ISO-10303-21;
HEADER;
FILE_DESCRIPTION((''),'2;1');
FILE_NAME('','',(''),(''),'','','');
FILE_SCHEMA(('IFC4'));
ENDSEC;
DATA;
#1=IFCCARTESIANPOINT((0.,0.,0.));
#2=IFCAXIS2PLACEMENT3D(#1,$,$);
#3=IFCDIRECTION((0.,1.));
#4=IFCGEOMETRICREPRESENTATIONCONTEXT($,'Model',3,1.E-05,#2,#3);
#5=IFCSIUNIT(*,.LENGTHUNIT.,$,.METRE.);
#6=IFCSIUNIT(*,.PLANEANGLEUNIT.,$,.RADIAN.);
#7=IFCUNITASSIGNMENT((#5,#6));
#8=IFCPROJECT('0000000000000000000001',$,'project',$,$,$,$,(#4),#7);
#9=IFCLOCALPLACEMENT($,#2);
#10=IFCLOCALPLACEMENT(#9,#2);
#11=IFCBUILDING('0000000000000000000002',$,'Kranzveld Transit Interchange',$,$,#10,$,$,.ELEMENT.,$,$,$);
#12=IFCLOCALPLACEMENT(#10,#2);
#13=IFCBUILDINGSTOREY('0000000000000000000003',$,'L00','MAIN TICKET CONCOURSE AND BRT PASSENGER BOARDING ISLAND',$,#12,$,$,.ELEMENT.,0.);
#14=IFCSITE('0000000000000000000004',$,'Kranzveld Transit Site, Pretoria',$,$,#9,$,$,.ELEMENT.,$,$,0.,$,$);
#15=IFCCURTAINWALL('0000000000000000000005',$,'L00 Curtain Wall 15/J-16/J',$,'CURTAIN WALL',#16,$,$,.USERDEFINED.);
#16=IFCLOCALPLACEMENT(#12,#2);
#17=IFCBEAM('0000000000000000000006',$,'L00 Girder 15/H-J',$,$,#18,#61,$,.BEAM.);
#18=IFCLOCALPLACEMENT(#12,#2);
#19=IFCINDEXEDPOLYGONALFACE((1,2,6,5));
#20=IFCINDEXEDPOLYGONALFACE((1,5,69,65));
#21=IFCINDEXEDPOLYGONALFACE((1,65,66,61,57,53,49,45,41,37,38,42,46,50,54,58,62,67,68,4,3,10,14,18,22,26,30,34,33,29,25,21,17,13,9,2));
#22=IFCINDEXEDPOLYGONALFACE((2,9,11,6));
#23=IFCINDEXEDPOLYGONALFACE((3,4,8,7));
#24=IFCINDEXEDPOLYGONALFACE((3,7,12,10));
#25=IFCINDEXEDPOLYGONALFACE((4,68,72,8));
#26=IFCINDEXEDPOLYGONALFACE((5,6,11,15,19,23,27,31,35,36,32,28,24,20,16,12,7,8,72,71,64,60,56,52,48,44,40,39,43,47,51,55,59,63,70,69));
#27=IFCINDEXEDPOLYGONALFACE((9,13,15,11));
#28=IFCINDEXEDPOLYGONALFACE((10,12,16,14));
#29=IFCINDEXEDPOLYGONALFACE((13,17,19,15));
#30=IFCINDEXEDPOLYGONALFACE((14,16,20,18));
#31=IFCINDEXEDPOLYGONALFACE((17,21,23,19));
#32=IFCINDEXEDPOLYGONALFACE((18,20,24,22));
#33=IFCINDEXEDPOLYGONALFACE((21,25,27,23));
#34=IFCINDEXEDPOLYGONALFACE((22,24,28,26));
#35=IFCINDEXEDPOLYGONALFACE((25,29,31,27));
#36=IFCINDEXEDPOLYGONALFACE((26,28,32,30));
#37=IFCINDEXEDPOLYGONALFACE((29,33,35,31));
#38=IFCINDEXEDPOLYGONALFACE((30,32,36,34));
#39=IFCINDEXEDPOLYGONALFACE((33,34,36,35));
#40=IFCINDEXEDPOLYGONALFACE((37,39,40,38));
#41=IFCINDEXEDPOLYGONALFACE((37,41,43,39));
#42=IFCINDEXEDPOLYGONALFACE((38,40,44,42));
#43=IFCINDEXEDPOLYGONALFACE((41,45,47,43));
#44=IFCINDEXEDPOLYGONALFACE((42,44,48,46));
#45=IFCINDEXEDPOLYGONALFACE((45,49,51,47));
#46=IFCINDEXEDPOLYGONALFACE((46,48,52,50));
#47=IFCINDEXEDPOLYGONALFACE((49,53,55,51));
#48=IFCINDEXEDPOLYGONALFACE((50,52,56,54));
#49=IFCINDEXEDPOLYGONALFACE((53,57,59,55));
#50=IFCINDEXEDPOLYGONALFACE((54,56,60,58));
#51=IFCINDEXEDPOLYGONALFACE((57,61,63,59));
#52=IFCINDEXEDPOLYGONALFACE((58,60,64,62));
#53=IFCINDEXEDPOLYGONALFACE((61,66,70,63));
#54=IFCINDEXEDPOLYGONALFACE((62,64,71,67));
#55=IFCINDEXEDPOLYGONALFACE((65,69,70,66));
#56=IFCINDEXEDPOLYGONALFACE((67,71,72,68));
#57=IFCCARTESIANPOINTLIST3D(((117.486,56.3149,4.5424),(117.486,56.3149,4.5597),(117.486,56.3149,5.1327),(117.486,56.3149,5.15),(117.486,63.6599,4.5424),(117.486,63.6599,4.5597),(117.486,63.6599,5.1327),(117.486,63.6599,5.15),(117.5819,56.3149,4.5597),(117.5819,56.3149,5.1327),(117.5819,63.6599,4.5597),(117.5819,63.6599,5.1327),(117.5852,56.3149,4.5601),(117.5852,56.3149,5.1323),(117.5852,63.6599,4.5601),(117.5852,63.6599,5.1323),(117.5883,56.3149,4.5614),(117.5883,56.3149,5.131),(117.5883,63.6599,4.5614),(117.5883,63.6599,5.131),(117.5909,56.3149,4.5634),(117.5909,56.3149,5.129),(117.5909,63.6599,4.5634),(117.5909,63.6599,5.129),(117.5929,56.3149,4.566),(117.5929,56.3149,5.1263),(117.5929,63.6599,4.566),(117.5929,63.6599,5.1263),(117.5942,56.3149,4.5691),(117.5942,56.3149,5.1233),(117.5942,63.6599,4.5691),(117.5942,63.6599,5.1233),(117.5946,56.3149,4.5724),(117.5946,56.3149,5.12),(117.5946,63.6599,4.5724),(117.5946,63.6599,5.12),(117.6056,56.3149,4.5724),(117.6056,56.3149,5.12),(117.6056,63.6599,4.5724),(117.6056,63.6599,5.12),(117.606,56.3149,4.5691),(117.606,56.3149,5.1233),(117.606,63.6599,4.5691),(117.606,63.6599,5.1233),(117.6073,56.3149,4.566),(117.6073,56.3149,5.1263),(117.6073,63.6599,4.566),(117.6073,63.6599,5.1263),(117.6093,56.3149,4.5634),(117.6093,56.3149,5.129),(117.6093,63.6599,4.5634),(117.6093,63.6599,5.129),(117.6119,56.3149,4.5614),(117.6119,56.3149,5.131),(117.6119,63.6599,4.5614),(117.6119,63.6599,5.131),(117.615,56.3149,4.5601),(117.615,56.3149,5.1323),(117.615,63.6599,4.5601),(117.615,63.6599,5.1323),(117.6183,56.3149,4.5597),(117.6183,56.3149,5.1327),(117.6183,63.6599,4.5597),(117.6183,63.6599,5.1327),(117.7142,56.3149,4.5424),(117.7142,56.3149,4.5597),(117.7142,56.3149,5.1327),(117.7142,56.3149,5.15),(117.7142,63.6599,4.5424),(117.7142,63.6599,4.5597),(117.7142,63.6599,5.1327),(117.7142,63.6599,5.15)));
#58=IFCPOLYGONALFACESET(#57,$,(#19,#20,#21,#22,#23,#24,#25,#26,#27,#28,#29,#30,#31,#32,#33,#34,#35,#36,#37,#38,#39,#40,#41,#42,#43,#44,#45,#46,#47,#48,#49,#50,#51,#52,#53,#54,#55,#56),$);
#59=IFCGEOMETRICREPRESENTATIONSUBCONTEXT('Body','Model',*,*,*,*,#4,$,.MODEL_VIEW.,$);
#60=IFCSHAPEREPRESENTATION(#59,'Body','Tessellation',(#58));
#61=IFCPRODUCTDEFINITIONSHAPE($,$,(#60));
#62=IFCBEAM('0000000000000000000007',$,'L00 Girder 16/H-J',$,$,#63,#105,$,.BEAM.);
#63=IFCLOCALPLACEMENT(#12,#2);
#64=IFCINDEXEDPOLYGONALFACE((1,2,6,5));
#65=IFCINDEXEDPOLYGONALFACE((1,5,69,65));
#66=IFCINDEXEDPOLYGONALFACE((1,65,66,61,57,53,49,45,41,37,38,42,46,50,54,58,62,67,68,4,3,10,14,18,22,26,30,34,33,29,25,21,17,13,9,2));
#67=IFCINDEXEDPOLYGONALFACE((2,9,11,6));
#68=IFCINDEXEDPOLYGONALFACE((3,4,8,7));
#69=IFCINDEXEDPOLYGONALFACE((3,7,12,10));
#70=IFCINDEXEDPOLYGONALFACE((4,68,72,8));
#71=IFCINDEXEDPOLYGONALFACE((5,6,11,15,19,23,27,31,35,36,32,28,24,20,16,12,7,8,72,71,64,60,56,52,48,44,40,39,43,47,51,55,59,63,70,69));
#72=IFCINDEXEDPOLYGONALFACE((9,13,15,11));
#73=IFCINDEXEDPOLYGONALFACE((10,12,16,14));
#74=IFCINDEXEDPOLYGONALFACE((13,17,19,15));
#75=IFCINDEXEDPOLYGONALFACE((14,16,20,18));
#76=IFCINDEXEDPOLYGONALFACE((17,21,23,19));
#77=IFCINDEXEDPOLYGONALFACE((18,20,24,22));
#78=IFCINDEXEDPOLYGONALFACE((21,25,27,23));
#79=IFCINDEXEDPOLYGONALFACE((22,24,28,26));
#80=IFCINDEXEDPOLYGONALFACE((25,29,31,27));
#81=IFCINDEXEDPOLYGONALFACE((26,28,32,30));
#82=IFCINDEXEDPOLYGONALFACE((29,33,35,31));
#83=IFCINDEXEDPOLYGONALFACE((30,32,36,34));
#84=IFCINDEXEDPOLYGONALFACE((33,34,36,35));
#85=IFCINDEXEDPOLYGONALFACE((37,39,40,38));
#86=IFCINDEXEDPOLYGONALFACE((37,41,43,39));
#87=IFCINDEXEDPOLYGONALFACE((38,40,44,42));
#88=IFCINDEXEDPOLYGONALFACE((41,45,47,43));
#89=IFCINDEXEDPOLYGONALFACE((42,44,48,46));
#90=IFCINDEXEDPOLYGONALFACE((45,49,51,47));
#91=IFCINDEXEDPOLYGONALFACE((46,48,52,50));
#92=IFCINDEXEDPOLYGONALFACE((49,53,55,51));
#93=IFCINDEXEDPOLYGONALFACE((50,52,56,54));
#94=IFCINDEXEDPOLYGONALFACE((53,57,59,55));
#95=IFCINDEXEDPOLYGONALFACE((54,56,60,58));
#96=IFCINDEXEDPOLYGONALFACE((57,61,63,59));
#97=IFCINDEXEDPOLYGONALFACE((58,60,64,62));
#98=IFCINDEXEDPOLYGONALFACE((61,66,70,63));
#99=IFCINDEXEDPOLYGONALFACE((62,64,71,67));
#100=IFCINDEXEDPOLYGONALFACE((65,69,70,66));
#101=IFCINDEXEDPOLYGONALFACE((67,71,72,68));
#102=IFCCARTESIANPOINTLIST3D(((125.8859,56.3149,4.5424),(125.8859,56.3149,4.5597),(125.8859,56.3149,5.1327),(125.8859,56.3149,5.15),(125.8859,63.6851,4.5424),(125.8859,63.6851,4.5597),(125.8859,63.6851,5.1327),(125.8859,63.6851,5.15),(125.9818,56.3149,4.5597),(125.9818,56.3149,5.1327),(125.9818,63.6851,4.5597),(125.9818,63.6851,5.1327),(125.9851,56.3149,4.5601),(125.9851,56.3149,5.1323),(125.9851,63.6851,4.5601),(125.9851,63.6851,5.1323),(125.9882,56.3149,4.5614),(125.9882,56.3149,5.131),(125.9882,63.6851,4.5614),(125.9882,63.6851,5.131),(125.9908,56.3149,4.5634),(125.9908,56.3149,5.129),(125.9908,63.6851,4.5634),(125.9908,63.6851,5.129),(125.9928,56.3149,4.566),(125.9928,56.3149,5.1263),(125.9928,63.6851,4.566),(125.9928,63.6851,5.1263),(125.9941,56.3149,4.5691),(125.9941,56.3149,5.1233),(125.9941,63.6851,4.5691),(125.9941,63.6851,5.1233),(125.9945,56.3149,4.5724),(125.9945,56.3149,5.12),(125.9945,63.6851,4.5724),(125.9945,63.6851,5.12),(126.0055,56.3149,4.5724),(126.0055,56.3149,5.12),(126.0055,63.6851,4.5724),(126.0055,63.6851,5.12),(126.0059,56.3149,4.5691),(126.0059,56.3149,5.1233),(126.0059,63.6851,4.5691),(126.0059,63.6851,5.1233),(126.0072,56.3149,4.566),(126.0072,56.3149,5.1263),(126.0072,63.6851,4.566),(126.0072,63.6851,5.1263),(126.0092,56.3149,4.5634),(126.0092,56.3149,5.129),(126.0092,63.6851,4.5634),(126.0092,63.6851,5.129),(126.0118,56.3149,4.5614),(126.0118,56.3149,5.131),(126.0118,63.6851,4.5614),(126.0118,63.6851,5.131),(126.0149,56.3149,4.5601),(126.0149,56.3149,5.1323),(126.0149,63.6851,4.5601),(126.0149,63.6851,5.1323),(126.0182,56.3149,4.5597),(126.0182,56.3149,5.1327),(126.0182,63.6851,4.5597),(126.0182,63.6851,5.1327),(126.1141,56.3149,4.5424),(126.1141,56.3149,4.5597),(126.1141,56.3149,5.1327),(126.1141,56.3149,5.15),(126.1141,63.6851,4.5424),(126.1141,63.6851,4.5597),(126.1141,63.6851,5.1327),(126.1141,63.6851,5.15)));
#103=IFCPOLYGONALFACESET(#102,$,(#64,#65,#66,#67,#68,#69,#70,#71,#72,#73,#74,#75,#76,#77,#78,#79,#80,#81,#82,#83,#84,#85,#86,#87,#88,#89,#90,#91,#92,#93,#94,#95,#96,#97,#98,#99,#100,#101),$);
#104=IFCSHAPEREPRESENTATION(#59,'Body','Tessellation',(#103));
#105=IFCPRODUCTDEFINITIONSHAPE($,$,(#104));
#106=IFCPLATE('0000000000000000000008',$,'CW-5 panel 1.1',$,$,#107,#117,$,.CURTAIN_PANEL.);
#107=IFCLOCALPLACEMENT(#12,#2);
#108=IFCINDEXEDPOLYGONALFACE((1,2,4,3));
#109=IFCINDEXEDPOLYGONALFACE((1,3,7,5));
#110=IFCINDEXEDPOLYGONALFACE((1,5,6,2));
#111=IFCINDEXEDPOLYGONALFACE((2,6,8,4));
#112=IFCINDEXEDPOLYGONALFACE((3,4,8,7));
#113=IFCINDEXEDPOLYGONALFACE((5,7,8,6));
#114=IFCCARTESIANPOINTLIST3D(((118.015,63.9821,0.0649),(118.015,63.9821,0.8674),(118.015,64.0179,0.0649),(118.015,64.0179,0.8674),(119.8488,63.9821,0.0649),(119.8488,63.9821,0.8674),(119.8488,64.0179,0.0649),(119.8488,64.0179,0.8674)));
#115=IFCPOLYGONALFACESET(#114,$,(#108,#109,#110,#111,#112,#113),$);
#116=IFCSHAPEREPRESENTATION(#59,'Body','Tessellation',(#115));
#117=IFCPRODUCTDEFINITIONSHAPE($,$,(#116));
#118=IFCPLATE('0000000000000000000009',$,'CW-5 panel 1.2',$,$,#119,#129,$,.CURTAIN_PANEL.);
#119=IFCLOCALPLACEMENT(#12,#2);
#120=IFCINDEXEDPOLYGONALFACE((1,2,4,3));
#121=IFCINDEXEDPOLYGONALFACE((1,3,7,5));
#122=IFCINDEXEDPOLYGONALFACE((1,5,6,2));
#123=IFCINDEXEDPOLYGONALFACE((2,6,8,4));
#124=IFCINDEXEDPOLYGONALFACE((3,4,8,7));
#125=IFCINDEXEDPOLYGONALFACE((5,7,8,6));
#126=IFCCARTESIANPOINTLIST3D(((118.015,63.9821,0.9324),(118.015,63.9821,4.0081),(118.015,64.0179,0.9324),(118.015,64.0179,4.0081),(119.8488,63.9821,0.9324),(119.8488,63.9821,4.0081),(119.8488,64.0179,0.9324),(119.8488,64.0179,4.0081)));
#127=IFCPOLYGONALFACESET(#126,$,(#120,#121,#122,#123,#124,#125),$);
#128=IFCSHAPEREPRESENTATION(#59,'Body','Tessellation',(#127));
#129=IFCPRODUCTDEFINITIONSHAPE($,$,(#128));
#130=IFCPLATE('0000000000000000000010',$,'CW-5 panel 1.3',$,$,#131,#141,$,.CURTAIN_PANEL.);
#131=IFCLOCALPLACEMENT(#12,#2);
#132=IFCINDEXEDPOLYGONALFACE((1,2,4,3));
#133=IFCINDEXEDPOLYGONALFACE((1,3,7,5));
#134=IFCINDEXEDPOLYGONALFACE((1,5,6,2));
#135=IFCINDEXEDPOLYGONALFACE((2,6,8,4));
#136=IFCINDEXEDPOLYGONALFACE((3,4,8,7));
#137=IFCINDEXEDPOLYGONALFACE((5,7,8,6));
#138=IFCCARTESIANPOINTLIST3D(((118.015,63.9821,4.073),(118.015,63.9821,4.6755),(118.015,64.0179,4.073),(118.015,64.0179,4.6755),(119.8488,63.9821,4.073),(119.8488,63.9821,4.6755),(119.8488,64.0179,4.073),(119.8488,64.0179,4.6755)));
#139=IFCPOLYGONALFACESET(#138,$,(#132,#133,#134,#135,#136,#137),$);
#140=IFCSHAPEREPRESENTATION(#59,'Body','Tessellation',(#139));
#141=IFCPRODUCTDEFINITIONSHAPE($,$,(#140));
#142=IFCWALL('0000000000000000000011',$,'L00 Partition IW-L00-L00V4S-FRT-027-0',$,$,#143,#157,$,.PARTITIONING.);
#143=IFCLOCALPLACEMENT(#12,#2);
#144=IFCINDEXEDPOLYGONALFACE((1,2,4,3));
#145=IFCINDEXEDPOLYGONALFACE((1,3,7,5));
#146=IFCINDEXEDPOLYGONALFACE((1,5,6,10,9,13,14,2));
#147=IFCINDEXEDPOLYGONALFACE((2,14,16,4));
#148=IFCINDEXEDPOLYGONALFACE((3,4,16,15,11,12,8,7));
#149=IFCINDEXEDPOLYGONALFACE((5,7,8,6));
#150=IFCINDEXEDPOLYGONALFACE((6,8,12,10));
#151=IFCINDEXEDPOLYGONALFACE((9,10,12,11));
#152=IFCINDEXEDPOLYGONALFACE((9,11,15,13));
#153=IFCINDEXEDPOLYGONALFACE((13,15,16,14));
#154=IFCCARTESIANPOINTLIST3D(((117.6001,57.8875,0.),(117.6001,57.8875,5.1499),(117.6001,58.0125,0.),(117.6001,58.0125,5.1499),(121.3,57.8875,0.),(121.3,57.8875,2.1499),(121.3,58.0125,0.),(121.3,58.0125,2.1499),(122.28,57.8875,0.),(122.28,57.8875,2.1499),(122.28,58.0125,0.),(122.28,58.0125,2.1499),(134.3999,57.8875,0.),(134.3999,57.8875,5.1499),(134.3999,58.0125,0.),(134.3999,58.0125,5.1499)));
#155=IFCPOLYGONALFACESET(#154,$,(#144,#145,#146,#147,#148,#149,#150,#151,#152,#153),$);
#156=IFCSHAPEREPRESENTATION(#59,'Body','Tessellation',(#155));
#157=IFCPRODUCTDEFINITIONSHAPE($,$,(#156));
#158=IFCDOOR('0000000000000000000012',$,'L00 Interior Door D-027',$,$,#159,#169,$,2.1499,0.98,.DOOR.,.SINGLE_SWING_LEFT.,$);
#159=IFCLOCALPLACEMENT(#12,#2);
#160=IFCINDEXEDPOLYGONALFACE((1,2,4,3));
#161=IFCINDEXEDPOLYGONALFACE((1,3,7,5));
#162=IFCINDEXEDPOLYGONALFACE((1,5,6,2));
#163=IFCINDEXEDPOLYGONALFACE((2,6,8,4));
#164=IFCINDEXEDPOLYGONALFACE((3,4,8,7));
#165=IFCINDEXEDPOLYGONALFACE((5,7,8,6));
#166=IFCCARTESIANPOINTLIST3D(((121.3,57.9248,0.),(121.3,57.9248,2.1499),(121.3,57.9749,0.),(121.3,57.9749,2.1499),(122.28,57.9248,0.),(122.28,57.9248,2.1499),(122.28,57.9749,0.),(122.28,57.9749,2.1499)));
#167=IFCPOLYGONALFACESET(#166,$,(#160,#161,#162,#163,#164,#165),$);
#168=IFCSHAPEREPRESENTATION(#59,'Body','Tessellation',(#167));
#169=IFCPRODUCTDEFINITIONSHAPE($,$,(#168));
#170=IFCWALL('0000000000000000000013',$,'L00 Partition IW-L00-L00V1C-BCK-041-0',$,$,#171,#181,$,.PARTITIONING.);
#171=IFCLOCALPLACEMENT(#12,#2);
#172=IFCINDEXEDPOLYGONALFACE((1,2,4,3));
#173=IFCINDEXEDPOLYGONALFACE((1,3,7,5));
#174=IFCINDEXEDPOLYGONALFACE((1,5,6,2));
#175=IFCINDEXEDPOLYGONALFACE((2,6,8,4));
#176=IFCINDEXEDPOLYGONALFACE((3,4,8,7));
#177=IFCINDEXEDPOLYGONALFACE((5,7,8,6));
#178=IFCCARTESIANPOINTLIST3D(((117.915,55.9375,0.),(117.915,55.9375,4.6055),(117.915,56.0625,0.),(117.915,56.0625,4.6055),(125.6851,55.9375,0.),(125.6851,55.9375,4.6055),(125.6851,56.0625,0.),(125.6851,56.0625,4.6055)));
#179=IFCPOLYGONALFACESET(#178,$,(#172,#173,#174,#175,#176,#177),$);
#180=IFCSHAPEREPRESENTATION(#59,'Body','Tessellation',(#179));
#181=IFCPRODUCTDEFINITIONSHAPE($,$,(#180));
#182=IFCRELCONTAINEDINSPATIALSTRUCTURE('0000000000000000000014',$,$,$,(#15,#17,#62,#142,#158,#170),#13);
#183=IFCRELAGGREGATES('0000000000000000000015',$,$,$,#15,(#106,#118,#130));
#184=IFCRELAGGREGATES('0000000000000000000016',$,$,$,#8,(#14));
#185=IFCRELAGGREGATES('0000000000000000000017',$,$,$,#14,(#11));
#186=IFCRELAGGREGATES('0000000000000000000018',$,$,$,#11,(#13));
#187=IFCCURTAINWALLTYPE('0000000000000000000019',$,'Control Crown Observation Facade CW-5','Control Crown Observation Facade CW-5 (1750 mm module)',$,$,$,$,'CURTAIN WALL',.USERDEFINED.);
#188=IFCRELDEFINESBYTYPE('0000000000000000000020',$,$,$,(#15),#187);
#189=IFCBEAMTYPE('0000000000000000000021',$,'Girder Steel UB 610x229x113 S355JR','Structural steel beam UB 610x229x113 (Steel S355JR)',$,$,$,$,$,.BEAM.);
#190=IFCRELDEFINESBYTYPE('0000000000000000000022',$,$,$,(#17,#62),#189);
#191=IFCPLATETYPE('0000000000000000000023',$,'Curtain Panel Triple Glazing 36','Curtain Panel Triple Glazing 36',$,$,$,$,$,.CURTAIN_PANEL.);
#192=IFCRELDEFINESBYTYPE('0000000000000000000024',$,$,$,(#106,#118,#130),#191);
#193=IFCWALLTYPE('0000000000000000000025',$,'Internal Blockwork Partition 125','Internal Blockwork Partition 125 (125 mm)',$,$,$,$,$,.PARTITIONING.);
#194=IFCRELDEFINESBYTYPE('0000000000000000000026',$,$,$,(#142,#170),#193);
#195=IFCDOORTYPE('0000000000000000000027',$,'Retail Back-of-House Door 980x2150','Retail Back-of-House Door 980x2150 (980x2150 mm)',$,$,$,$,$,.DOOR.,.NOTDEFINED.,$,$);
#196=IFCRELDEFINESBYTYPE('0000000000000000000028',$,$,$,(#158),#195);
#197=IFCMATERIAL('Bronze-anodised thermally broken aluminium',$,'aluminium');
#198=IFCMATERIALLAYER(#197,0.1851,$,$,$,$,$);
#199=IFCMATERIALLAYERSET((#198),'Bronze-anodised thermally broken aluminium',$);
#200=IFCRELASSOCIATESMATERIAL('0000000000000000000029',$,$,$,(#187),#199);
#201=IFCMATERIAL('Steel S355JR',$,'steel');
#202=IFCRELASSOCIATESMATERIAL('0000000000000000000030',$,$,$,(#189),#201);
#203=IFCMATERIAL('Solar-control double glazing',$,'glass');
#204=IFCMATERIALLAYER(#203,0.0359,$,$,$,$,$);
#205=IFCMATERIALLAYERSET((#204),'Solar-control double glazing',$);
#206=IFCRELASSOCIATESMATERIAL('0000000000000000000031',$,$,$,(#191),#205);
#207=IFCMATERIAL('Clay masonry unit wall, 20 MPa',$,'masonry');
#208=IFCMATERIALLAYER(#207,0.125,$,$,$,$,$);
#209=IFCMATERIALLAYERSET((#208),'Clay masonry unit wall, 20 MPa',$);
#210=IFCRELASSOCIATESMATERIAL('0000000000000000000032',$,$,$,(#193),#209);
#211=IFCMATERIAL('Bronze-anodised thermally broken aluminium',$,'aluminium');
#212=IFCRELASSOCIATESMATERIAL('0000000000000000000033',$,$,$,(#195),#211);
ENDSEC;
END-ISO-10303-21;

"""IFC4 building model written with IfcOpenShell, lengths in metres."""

from ifc_helpers import new_model, si_unit, direction, frame, frame_2d, origin, origin_2d, place, context, subcontext, project, spatial, rectangle, i_section, extrude, material, layer, layer_set, material_profile, profile_set, type_object, element, fill, aggregate, save


model = new_model("IFC4")

# Units and contexts
model_context = context("Model", 3, precision=1e-05, world=origin(), true_north=direction((0.0, 1.0)))
body_context = subcontext(model_context, "Body", "Model", "MODEL_VIEW")
ifc_project = project(units=[si_unit("LENGTHUNIT", "METRE"), si_unit("PLANEANGLEUNIT", "RADIAN")], contexts=[model_context])

# Site, building, storey
site_placement = place(None, origin())
site = spatial("IfcSite", under=ifc_project, at=site_placement, Name="Kranzveld Transit Site, Pretoria", CompositionType="ELEMENT", RefElevation=0.0)
building_placement = place(site_placement, origin())
building = spatial("IfcBuilding", under=site, at=building_placement, Name="Kranzveld Transit Interchange", CompositionType="ELEMENT")
storey_placement = place(building_placement, origin())
storey = spatial("IfcBuildingStorey", under=building, at=storey_placement, Name="L00", Description="MAIN TICKET CONCOURSE AND BRT PASSENGER BOARDING ISLAND", CompositionType="ELEMENT", Elevation=0.0)

# Curtain wall
ifc_material_1 = material(Name="Bronze-anodised thermally broken aluminium", Category="aluminium")
ifc_layer_1 = layer(ifc_material_1, 0.1851)
ifc_layer_set_1 = layer_set([ifc_layer_1], Name="Bronze-anodised thermally broken aluminium")
curtain_wall_type = type_object("IfcCurtainWallType", Name="Control Crown Observation Facade CW-5", Description="Control Crown Observation Facade CW-5 (1750 mm module)", ElementType="CURTAIN WALL", PredefinedType="USERDEFINED", material=ifc_layer_set_1)
curtain_wall_placement = place(storey_placement, origin())
curtain_wall = element("IfcCurtainWall", 1, at=curtain_wall_placement, inside=storey, type_object=curtain_wall_type, Name="L00 Curtain Wall 15/J-16/J", ObjectType="CURTAIN WALL", PredefinedType="USERDEFINED")

# Beams
ifc_material_2 = material(Name="Steel S355JR", Category="steel")
ifc_material_profile_1 = material_profile(ifc_material_2, i_section(OverallWidth=0.2283, OverallDepth=0.6077, WebThickness=0.011, FlangeThickness=0.0173, FilletRadius=0.0127, at=origin_2d()), Name="UB 610x229x113")
ifc_profile_set_1 = profile_set([ifc_material_profile_1], Name="Steel S355JR")
beam_type_1 = type_object("IfcBeamType", Name="Girder Steel UB 610x229x113 S355JR", Description="Structural steel beam UB 610x229x113 (Steel S355JR)", PredefinedType="BEAM", material=ifc_profile_set_1)
beam_1_placement = place(storey_placement, frame((117.6001, 56.3149, 4.8462), z_axis=(0.0, 1.0, 0.0), x_axis=(-1.0, 0.0, 0.0)))
element("IfcBeam", 2, at=beam_1_placement, inside=storey, type_object=beam_type_1, Name="L00 Girder 15/H-J", PredefinedType="BEAM", context=body_context, shape_type="SweptSolid", body=[
    extrude(i_section(OverallWidth=0.2283, OverallDepth=0.6077, WebThickness=0.011, FlangeThickness=0.0173, FilletRadius=0.0127, at=origin_2d()), origin(), (0.0, 0.0, 1.0), 7.345),
])
beam_2_placement = place(storey_placement, frame((126.0, 56.3149, 4.8462), z_axis=(0.0, 1.0, 0.0), x_axis=(-1.0, 0.0, 0.0)))
element("IfcBeam", 3, at=beam_2_placement, inside=storey, type_object=beam_type_1, Name="L00 Girder 16/H-J", PredefinedType="BEAM", context=body_context, shape_type="SweptSolid", body=[
    extrude(i_section(OverallWidth=0.2283, OverallDepth=0.6077, WebThickness=0.011, FlangeThickness=0.0173, FilletRadius=0.0127, at=origin_2d()), origin(), (0.0, 0.0, 1.0), 7.3701),
])

# Plates
ifc_material_3 = material(Name="Solar-control double glazing", Category="glass")
ifc_layer_2 = layer(ifc_material_3, 0.0359)
ifc_layer_set_2 = layer_set([ifc_layer_2], Name="Solar-control double glazing")
plate_type = type_object("IfcPlateType", Name="Curtain Panel Triple Glazing 36", Description="Curtain Panel Triple Glazing 36", PredefinedType="CURTAIN_PANEL", material=ifc_layer_set_2)
plate_1_placement = place(storey_placement, frame((118.9319, 64.0, 0.0649), z_axis=(0.0, 0.0, 1.0), x_axis=(1.0, 0.0, 0.0)))
plate_1 = element("IfcPlate", 4, at=plate_1_placement, type_object=plate_type, Name="CW-5 panel 1.1", PredefinedType="CURTAIN_PANEL", context=body_context, shape_type="SweptSolid", body=[
    extrude(rectangle(XDim=1.8337, YDim=0.0359, at=origin_2d()), origin(), (0.0, 0.0, 1.0), 0.8025),
])
plate_2_placement = place(storey_placement, frame((118.9319, 64.0, 0.9324), z_axis=(0.0, 0.0, 1.0), x_axis=(1.0, 0.0, 0.0)))
plate_2 = element("IfcPlate", 5, at=plate_2_placement, type_object=plate_type, Name="CW-5 panel 1.2", PredefinedType="CURTAIN_PANEL", context=body_context, shape_type="SweptSolid", body=[
    extrude(rectangle(XDim=1.8337, YDim=0.0359, at=origin_2d()), origin(), (0.0, 0.0, 1.0), 3.0757),
])
plate_3_placement = place(storey_placement, frame((118.9319, 64.0, 4.073), z_axis=(0.0, 0.0, 1.0), x_axis=(1.0, 0.0, 0.0)))
plate_3 = element("IfcPlate", 6, at=plate_3_placement, type_object=plate_type, Name="CW-5 panel 1.3", PredefinedType="CURTAIN_PANEL", context=body_context, shape_type="SweptSolid", body=[
    extrude(rectangle(XDim=1.8337, YDim=0.0359, at=origin_2d()), origin(), (0.0, 0.0, 1.0), 0.6025),
])
aggregate(curtain_wall, [plate_1, plate_2, plate_3])

# Wall, opening, door
ifc_material_4 = material(Name="Clay masonry unit wall, 20 MPa", Category="masonry")
ifc_layer_3 = layer(ifc_material_4, 0.125)
ifc_layer_set_3 = layer_set([ifc_layer_3], Name="Clay masonry unit wall, 20 MPa")
wall_type_1 = type_object("IfcWallType", Name="Internal Blockwork Partition 125", Description="Internal Blockwork Partition 125 (125 mm)", PredefinedType="PARTITIONING", material=ifc_layer_set_3)
wall_1_placement = place(storey_placement, frame((117.6001, 57.95, 0.0), z_axis=(0.0, 0.0, 1.0), x_axis=(1.0, 0.0, 0.0)))
wall_1 = element("IfcWall", 7, at=wall_1_placement, inside=storey, type_object=wall_type_1, Name="L00 Partition IW-L00-L00V4S-FRT-027-0", PredefinedType="PARTITIONING", context=body_context, shape_type="SweptSolid", body=[
    extrude(rectangle(XDim=16.7998, YDim=0.125, at=frame_2d((8.3999, 0.0))), origin(), (0.0, 0.0, 1.0), 5.1499),
])
opening_1_placement = place(wall_1_placement, frame((3.7, 0.0, 0.0), z_axis=(0.0, 0.0, 1.0), x_axis=(1.0, 0.0, 0.0)))
opening_1 = element("IfcOpeningElement", 8, at=opening_1_placement, cuts=wall_1, PredefinedType="OPENING", context=body_context, shape_type="SweptSolid", body=[
    extrude(rectangle(XDim=0.98, YDim=2.1499, at=frame_2d((0.49, 1.075))), frame((0.0, 0.0725, 0.0), z_axis=(0.0, -1.0, 0.0), x_axis=(1.0, 0.0, 0.0)), (0.0, 0.0, 1.0), 0.145),
])
ifc_material_5 = material(Name="Bronze-anodised thermally broken aluminium", Category="aluminium")
door_type_1 = type_object("IfcDoorType", Name="Retail Back-of-House Door 980x2150", Description="Retail Back-of-House Door 980x2150 (980x2150 mm)", OperationType="NOTDEFINED", PredefinedType="DOOR", material=ifc_material_5)
door_1_placement = place(opening_1_placement, origin())
door_1 = element("IfcDoor", 9, at=door_1_placement, inside=storey, type_object=door_type_1, Name="L00 Interior Door D-027", OperationType="SINGLE_SWING_LEFT", OverallHeight=2.1499, OverallWidth=0.98, PredefinedType="DOOR", context=body_context, shape_type="SweptSolid", body=[
    extrude(rectangle(XDim=0.98, YDim=2.1499, at=frame_2d((0.49, 1.075))), frame((0.0, 0.0249, 0.0), z_axis=(0.0, -1.0, 0.0), x_axis=(1.0, 0.0, 0.0)), (0.0, 0.0, 1.0), 0.05),
])
fill(opening_1, door_1)

# Wall
wall_2_placement = place(storey_placement, frame((117.915, 56.0, 0.0), z_axis=(0.0, 0.0, 1.0), x_axis=(1.0, 0.0, 0.0)))
element("IfcWall", 10, at=wall_2_placement, inside=storey, type_object=wall_type_1, Name="L00 Partition IW-L00-L00V1C-BCK-041-0", PredefinedType="PARTITIONING", context=body_context, shape_type="SweptSolid", body=[
    extrude(rectangle(XDim=7.77, YDim=0.125, at=frame_2d((3.885, 0.0))), origin(), (0.0, 0.0, 1.0), 4.6055),
])

save(model, "model.ifc")
